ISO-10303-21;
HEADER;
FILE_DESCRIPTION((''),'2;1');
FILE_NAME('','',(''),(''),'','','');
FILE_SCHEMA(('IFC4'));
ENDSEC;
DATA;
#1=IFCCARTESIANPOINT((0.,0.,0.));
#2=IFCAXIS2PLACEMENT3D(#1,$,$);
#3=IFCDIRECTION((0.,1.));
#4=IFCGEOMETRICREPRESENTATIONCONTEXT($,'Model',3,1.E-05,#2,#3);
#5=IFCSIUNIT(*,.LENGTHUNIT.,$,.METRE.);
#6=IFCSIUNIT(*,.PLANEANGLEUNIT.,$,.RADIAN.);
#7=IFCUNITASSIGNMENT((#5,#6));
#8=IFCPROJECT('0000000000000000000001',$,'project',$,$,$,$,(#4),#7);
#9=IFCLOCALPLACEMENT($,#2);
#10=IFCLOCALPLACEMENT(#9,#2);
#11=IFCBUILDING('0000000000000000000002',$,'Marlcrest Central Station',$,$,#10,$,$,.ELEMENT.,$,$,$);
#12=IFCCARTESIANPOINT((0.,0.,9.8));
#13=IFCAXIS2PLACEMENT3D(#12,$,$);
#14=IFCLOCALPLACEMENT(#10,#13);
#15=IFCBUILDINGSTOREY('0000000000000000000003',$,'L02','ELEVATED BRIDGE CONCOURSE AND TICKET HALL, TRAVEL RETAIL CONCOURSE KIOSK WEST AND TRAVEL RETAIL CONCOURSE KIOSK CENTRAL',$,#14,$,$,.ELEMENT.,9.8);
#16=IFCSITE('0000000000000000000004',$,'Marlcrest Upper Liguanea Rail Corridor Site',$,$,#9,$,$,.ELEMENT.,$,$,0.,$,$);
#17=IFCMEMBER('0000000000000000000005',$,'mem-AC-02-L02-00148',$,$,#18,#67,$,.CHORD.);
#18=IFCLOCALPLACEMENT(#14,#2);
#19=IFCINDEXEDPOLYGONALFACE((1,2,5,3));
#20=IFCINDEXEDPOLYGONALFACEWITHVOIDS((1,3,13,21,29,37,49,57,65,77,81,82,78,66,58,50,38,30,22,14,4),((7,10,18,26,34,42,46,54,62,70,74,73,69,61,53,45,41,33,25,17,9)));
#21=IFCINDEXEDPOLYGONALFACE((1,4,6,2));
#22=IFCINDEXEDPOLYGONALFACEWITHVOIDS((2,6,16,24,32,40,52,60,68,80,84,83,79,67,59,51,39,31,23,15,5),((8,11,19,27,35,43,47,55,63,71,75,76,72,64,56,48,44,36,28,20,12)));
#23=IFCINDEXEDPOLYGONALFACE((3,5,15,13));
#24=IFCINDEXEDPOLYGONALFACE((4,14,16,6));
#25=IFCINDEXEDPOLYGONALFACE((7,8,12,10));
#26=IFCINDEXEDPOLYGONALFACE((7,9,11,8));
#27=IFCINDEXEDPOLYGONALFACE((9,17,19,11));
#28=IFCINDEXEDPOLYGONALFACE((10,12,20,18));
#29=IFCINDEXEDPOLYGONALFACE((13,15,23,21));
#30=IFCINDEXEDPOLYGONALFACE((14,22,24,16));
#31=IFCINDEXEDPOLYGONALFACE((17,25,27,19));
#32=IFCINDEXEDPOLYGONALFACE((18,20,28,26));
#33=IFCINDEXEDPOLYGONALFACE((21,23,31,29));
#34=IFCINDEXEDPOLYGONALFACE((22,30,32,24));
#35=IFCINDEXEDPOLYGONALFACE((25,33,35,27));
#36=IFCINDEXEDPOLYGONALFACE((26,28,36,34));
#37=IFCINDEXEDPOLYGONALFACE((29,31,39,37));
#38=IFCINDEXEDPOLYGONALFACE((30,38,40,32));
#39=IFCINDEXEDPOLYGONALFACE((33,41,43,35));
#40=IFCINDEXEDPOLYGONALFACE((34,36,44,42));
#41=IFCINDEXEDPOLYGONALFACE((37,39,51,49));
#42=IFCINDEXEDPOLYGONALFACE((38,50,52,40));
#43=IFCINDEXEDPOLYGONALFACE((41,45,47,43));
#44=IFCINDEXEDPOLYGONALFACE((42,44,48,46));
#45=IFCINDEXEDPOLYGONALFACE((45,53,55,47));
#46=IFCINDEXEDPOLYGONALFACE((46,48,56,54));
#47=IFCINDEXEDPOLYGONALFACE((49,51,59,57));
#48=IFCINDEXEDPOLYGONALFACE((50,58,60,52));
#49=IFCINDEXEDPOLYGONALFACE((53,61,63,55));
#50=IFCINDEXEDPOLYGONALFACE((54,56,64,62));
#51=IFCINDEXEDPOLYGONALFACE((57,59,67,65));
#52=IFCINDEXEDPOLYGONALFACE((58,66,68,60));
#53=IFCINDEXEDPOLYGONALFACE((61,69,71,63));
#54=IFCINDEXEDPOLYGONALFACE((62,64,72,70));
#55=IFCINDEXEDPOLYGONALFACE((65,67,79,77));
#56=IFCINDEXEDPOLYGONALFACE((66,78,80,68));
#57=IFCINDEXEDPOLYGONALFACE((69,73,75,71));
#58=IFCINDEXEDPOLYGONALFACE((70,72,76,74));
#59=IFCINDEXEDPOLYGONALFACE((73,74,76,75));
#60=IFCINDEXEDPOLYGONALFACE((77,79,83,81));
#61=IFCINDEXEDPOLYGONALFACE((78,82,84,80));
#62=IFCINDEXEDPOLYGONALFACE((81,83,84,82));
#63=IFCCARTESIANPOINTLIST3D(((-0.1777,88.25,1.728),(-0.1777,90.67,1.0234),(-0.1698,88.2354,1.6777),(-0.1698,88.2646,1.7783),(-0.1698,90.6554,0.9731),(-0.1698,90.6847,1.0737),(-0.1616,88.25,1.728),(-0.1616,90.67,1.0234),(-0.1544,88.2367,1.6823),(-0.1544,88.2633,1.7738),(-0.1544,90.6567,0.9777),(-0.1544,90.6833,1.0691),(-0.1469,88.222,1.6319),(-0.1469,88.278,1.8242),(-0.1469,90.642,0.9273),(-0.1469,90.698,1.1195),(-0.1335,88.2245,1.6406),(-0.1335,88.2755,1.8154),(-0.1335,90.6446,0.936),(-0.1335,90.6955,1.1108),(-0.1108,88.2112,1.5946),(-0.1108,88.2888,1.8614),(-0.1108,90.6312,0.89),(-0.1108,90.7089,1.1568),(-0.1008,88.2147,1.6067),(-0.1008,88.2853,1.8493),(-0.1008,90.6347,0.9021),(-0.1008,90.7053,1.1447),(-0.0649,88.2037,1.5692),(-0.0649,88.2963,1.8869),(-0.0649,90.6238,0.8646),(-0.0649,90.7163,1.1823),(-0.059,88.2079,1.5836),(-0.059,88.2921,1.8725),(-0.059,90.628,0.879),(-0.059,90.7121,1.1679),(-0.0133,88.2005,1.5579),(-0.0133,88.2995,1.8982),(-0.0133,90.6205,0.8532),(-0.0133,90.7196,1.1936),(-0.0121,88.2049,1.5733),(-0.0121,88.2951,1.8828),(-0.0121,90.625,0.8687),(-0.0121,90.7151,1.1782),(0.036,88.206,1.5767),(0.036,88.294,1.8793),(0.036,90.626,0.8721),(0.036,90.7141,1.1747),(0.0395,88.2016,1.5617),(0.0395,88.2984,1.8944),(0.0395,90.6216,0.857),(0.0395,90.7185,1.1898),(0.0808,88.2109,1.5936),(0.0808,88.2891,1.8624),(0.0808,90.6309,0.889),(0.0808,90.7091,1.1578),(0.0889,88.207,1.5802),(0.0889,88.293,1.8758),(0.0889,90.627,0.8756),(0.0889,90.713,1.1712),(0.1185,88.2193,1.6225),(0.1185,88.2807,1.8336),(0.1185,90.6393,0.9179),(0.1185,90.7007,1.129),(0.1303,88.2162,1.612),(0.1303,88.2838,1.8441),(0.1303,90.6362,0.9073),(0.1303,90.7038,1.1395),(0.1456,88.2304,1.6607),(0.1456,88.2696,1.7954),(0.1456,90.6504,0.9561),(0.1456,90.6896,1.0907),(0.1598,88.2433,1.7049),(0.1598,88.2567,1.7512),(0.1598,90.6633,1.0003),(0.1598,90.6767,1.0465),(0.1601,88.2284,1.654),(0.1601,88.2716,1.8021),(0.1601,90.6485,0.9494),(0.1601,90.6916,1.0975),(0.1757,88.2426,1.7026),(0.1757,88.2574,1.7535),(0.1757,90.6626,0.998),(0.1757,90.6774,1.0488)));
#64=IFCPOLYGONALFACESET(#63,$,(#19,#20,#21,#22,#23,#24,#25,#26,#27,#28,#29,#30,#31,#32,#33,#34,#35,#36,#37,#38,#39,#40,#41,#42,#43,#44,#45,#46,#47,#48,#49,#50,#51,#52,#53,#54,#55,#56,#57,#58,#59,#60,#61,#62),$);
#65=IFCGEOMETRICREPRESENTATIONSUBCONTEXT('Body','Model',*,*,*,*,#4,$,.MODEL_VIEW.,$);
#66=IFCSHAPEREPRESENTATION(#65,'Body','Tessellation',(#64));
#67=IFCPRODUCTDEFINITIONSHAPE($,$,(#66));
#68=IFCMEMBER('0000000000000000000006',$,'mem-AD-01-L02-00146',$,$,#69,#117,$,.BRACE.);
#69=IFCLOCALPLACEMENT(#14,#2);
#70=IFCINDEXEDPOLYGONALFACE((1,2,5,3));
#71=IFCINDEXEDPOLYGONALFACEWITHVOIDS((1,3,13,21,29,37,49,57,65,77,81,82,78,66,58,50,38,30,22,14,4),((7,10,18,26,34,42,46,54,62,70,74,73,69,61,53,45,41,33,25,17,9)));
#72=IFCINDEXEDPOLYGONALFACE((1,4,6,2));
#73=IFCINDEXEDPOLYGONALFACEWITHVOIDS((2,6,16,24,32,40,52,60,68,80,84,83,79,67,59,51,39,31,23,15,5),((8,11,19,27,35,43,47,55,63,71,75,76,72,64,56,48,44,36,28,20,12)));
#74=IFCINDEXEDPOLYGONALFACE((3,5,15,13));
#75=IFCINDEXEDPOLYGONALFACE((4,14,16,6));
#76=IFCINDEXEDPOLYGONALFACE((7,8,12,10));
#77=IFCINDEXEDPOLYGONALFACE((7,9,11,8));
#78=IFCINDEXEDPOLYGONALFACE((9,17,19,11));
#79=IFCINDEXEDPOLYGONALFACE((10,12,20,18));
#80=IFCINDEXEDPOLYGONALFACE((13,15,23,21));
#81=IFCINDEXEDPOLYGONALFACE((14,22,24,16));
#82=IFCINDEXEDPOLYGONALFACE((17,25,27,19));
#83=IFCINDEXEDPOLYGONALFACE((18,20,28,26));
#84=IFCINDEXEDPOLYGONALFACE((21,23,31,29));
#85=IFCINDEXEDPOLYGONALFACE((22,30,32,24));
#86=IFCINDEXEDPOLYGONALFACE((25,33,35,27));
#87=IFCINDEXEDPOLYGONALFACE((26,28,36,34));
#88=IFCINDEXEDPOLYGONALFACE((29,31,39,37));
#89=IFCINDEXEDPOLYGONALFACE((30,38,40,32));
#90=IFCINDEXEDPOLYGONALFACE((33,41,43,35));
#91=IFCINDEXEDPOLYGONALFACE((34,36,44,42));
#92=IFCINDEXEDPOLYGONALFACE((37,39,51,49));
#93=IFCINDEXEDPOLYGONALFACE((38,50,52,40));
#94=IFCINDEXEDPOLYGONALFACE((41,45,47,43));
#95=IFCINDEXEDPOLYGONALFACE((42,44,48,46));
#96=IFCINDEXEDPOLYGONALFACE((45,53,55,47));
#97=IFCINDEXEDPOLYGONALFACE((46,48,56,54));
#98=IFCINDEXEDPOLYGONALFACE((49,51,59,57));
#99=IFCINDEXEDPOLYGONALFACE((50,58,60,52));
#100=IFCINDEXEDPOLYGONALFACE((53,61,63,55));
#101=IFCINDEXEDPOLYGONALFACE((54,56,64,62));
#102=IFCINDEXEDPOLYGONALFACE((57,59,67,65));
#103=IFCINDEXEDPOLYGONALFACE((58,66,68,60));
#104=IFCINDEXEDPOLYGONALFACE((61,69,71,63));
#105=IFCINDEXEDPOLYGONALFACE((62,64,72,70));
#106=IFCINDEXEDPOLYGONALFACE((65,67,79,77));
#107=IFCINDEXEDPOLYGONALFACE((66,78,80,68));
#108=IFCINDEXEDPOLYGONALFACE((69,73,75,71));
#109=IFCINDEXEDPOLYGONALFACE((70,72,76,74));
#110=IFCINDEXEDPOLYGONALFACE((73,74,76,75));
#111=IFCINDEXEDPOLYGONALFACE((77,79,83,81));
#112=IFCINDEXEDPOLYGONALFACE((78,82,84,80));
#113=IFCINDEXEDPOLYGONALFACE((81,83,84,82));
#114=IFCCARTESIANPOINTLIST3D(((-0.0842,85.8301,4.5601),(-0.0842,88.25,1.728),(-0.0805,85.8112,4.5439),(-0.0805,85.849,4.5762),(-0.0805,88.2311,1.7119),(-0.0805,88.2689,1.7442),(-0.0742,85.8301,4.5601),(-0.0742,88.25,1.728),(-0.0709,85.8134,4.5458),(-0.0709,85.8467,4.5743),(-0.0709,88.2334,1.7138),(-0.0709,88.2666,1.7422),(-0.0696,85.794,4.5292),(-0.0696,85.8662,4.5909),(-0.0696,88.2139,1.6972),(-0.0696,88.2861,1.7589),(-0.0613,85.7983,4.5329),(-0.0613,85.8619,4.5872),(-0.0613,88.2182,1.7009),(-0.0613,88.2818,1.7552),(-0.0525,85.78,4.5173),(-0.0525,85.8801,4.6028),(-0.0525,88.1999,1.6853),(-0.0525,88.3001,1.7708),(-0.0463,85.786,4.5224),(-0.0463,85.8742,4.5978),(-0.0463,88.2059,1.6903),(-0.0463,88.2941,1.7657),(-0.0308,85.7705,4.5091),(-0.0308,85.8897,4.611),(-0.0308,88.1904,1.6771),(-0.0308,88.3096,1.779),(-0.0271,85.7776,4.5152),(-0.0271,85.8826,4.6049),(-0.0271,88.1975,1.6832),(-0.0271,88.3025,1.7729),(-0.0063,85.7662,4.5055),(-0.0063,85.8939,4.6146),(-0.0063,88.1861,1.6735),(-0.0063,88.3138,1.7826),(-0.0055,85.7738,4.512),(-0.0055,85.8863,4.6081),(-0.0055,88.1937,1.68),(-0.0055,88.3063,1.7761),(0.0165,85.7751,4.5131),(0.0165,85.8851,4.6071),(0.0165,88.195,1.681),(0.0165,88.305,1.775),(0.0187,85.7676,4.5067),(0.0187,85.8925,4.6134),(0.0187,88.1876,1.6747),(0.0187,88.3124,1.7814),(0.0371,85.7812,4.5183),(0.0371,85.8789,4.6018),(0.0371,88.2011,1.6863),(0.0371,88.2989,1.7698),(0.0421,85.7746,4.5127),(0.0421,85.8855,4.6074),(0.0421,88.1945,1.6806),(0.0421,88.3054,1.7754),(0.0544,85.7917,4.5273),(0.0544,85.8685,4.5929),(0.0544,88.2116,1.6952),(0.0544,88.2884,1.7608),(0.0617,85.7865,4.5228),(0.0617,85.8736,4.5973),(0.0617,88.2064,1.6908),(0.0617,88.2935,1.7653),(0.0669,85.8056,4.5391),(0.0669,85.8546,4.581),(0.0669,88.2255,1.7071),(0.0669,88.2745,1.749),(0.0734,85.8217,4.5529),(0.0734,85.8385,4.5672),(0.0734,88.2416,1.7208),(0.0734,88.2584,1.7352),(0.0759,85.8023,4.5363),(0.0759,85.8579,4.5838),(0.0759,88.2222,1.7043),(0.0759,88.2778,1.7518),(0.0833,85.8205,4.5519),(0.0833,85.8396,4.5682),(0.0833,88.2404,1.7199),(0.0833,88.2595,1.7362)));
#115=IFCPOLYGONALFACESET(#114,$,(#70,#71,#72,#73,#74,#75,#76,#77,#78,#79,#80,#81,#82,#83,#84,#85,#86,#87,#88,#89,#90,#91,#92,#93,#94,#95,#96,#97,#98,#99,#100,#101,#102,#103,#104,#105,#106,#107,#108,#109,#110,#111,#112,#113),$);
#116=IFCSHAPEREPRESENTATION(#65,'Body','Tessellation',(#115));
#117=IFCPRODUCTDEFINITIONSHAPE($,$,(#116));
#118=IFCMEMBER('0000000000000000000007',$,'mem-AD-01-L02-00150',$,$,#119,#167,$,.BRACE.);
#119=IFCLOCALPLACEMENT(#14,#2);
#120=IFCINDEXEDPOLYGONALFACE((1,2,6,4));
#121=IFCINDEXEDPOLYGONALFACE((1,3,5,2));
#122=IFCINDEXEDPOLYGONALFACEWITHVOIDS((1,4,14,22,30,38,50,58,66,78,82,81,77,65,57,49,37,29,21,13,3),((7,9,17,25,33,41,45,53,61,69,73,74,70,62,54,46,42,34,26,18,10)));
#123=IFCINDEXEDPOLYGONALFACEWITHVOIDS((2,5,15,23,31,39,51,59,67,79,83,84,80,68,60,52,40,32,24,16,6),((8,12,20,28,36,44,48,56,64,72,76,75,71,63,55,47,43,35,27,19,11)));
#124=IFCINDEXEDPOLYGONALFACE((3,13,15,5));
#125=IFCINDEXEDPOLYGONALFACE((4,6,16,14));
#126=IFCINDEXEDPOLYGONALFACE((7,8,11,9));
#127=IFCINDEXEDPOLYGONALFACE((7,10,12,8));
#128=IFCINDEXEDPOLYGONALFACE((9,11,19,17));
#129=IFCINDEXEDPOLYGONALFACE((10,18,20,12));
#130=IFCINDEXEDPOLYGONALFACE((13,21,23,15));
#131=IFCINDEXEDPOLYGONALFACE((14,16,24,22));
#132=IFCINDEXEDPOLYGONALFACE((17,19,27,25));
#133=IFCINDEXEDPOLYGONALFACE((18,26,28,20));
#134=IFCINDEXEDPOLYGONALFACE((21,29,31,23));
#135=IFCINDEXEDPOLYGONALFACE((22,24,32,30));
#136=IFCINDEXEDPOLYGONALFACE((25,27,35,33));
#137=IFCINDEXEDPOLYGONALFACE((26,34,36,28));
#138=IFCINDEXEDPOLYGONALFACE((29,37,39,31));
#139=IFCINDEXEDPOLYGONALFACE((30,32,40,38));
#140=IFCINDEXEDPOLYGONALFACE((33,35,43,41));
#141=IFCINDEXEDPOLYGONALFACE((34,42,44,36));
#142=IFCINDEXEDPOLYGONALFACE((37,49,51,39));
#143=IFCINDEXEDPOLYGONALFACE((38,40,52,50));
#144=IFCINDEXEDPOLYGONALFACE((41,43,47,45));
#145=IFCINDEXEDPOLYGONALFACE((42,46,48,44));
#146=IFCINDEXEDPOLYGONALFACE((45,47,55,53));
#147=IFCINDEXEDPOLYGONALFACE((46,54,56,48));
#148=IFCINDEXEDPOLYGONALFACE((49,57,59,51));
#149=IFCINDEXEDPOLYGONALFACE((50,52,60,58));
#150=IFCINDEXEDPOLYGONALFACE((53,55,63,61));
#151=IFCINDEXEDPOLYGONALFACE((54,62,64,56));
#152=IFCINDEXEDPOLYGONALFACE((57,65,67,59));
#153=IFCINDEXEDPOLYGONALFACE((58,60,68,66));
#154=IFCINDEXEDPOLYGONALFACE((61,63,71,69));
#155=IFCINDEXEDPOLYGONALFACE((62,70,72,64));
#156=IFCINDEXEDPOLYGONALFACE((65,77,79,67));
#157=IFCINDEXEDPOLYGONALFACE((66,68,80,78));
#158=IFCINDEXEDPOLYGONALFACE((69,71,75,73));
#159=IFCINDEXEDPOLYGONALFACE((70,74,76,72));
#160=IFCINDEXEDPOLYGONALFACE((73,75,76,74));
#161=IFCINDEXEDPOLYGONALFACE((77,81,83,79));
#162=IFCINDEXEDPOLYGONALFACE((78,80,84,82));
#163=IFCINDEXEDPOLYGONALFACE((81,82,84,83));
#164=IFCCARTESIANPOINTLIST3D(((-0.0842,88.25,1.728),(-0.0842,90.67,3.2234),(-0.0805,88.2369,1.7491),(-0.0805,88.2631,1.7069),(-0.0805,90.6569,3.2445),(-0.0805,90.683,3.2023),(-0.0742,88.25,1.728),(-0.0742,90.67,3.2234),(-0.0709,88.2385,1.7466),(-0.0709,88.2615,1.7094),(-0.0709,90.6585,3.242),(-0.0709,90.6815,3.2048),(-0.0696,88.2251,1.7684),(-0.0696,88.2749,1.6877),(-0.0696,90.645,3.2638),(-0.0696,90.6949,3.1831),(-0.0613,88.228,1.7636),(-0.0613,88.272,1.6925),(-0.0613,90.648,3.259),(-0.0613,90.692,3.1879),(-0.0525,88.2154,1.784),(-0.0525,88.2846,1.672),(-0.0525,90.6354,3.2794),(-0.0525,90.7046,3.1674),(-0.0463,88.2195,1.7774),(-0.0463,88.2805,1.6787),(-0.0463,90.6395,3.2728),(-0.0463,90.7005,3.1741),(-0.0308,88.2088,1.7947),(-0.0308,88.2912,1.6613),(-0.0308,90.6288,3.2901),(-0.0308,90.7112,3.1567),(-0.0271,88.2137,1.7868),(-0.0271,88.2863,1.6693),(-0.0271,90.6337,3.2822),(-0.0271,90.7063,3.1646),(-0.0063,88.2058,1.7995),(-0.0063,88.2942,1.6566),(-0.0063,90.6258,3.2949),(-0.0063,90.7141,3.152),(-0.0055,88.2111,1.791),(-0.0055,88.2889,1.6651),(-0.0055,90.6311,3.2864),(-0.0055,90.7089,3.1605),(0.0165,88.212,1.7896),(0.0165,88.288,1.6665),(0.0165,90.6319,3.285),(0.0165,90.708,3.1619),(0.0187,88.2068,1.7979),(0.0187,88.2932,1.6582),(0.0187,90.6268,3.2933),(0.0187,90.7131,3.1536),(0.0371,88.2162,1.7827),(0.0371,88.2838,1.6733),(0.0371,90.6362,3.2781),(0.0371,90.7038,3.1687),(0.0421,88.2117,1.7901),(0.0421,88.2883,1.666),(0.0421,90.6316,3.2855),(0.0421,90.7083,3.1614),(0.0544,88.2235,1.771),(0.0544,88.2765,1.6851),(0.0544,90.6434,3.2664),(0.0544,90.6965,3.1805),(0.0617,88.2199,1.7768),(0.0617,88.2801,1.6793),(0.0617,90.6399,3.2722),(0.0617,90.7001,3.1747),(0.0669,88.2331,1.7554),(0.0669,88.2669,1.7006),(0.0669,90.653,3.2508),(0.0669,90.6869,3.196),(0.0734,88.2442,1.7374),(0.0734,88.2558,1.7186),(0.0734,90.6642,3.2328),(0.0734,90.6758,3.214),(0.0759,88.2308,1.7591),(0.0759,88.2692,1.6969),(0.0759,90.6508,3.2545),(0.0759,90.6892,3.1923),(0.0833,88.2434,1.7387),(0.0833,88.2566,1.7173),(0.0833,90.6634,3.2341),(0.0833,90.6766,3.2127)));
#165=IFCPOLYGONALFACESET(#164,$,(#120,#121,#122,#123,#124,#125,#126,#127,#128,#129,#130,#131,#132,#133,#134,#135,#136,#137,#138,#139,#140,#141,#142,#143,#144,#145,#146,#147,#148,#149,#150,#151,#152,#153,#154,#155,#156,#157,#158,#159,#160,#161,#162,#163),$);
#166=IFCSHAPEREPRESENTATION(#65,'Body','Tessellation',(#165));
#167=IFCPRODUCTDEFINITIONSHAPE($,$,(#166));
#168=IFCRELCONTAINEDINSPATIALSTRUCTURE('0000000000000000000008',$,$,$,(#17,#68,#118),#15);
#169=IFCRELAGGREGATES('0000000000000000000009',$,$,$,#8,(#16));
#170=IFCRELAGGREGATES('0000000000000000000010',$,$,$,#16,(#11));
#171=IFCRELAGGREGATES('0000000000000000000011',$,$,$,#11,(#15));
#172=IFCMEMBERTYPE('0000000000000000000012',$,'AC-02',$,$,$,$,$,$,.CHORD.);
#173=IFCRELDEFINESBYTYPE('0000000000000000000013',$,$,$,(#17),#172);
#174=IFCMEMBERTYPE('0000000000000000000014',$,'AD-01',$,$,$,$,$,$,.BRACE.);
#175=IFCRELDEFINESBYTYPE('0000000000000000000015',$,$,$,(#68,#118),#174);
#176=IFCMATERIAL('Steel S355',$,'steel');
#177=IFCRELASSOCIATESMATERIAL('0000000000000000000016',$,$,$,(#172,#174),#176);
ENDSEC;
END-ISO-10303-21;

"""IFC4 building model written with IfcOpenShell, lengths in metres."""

from ifc_helpers import new_model, si_unit, direction, frame, origin, origin_2d, place, context, subcontext, project, spatial, hollow_circle, extrude, material, material_profile, profile_set, type_object, element, save


model = new_model("IFC4")

# Units and contexts
model_context = context("Model", 3, precision=1e-05, world=origin(), true_north=direction((0.0, 1.0)))
body_context = subcontext(model_context, "Body", "Model", "MODEL_VIEW")
ifc_project = project(units=[si_unit("LENGTHUNIT", "METRE"), si_unit("PLANEANGLEUNIT", "RADIAN")], contexts=[model_context])

# Site, building, storey
site_placement = place(None, origin())
site = spatial("IfcSite", under=ifc_project, at=site_placement, Name="Marlcrest Upper Liguanea Rail Corridor Site", CompositionType="ELEMENT", RefElevation=0.0)
building_placement = place(site_placement, origin())
building = spatial("IfcBuilding", under=site, at=building_placement, Name="Marlcrest Central Station", CompositionType="ELEMENT")
storey_placement = place(building_placement, frame((0.0, 0.0, 9.8)))
storey = spatial("IfcBuildingStorey", under=building, at=storey_placement, Name="L02", Description="ELEVATED BRIDGE CONCOURSE AND TICKET HALL, TRAVEL RETAIL CONCOURSE KIOSK WEST AND TRAVEL RETAIL CONCOURSE KIOSK CENTRAL", CompositionType="ELEMENT", Elevation=9.8)

# Members
ifc_material_1 = material(Name="Steel S355", Category="steel")
ifc_material_profile_1 = material_profile(ifc_material_1, hollow_circle(Radius=0.1777, WallThickness=0.0161, at=origin_2d()), Name="CHS 355.6x16")
ifc_profile_set_1 = profile_set([ifc_material_profile_1], Name="Steel S355")
member_type_1 = type_object("IfcMemberType", Name="AC-02", PredefinedType="CHORD", material=ifc_profile_set_1)
member_1_placement = place(storey_placement, frame((0.0, 88.25, 1.728), z_axis=(0.0, 0.96013, -0.279554), x_axis=(-1.0, 0.0, 0.0)))
element("IfcMember", 1, at=member_1_placement, inside=storey, type_object=member_type_1, Name="mem-AC-02-L02-00148", PredefinedType="CHORD", context=body_context, shape_type="SweptSolid", body=[
    extrude(hollow_circle(Radius=0.1777, WallThickness=0.0161, at=origin_2d()), origin(), (0.0, 0.0, 1.0), 2.5205),
])
ifc_material_profile_2 = material_profile(ifc_material_1, hollow_circle(Radius=0.0842, WallThickness=0.01, at=origin_2d()), Name="CHS 168.3x10")
ifc_profile_set_2 = profile_set([ifc_material_profile_2], Name="Steel S355")
member_type_2 = type_object("IfcMemberType", Name="AD-01", PredefinedType="BRACE", material=ifc_profile_set_2)
member_2_placement = place(storey_placement, frame((0.0, 85.8301, 4.5601), z_axis=(0.0, 0.649625, -0.760255), x_axis=(-1.0, 0.0, 0.0)))
element("IfcMember", 2, at=member_2_placement, inside=storey, type_object=member_type_2, Name="mem-AD-01-L02-00146", PredefinedType="BRACE", context=body_context, shape_type="SweptSolid", body=[
    extrude(hollow_circle(Radius=0.0842, WallThickness=0.01, at=origin_2d()), origin(), (0.0, 0.0, 1.0), 3.7251),
])
member_3_placement = place(storey_placement, frame((0.0, 88.25, 1.728), z_axis=(0.0, 0.850687, 0.525672), x_axis=(-1.0, 0.0, 0.0)))
element("IfcMember", 3, at=member_3_placement, inside=storey, type_object=member_type_2, Name="mem-AD-01-L02-00150", PredefinedType="BRACE", context=body_context, shape_type="SweptSolid", body=[
    extrude(hollow_circle(Radius=0.0842, WallThickness=0.01, at=origin_2d()), origin(), (0.0, 0.0, 1.0), 2.8447),
])

save(model, "model.ifc")
